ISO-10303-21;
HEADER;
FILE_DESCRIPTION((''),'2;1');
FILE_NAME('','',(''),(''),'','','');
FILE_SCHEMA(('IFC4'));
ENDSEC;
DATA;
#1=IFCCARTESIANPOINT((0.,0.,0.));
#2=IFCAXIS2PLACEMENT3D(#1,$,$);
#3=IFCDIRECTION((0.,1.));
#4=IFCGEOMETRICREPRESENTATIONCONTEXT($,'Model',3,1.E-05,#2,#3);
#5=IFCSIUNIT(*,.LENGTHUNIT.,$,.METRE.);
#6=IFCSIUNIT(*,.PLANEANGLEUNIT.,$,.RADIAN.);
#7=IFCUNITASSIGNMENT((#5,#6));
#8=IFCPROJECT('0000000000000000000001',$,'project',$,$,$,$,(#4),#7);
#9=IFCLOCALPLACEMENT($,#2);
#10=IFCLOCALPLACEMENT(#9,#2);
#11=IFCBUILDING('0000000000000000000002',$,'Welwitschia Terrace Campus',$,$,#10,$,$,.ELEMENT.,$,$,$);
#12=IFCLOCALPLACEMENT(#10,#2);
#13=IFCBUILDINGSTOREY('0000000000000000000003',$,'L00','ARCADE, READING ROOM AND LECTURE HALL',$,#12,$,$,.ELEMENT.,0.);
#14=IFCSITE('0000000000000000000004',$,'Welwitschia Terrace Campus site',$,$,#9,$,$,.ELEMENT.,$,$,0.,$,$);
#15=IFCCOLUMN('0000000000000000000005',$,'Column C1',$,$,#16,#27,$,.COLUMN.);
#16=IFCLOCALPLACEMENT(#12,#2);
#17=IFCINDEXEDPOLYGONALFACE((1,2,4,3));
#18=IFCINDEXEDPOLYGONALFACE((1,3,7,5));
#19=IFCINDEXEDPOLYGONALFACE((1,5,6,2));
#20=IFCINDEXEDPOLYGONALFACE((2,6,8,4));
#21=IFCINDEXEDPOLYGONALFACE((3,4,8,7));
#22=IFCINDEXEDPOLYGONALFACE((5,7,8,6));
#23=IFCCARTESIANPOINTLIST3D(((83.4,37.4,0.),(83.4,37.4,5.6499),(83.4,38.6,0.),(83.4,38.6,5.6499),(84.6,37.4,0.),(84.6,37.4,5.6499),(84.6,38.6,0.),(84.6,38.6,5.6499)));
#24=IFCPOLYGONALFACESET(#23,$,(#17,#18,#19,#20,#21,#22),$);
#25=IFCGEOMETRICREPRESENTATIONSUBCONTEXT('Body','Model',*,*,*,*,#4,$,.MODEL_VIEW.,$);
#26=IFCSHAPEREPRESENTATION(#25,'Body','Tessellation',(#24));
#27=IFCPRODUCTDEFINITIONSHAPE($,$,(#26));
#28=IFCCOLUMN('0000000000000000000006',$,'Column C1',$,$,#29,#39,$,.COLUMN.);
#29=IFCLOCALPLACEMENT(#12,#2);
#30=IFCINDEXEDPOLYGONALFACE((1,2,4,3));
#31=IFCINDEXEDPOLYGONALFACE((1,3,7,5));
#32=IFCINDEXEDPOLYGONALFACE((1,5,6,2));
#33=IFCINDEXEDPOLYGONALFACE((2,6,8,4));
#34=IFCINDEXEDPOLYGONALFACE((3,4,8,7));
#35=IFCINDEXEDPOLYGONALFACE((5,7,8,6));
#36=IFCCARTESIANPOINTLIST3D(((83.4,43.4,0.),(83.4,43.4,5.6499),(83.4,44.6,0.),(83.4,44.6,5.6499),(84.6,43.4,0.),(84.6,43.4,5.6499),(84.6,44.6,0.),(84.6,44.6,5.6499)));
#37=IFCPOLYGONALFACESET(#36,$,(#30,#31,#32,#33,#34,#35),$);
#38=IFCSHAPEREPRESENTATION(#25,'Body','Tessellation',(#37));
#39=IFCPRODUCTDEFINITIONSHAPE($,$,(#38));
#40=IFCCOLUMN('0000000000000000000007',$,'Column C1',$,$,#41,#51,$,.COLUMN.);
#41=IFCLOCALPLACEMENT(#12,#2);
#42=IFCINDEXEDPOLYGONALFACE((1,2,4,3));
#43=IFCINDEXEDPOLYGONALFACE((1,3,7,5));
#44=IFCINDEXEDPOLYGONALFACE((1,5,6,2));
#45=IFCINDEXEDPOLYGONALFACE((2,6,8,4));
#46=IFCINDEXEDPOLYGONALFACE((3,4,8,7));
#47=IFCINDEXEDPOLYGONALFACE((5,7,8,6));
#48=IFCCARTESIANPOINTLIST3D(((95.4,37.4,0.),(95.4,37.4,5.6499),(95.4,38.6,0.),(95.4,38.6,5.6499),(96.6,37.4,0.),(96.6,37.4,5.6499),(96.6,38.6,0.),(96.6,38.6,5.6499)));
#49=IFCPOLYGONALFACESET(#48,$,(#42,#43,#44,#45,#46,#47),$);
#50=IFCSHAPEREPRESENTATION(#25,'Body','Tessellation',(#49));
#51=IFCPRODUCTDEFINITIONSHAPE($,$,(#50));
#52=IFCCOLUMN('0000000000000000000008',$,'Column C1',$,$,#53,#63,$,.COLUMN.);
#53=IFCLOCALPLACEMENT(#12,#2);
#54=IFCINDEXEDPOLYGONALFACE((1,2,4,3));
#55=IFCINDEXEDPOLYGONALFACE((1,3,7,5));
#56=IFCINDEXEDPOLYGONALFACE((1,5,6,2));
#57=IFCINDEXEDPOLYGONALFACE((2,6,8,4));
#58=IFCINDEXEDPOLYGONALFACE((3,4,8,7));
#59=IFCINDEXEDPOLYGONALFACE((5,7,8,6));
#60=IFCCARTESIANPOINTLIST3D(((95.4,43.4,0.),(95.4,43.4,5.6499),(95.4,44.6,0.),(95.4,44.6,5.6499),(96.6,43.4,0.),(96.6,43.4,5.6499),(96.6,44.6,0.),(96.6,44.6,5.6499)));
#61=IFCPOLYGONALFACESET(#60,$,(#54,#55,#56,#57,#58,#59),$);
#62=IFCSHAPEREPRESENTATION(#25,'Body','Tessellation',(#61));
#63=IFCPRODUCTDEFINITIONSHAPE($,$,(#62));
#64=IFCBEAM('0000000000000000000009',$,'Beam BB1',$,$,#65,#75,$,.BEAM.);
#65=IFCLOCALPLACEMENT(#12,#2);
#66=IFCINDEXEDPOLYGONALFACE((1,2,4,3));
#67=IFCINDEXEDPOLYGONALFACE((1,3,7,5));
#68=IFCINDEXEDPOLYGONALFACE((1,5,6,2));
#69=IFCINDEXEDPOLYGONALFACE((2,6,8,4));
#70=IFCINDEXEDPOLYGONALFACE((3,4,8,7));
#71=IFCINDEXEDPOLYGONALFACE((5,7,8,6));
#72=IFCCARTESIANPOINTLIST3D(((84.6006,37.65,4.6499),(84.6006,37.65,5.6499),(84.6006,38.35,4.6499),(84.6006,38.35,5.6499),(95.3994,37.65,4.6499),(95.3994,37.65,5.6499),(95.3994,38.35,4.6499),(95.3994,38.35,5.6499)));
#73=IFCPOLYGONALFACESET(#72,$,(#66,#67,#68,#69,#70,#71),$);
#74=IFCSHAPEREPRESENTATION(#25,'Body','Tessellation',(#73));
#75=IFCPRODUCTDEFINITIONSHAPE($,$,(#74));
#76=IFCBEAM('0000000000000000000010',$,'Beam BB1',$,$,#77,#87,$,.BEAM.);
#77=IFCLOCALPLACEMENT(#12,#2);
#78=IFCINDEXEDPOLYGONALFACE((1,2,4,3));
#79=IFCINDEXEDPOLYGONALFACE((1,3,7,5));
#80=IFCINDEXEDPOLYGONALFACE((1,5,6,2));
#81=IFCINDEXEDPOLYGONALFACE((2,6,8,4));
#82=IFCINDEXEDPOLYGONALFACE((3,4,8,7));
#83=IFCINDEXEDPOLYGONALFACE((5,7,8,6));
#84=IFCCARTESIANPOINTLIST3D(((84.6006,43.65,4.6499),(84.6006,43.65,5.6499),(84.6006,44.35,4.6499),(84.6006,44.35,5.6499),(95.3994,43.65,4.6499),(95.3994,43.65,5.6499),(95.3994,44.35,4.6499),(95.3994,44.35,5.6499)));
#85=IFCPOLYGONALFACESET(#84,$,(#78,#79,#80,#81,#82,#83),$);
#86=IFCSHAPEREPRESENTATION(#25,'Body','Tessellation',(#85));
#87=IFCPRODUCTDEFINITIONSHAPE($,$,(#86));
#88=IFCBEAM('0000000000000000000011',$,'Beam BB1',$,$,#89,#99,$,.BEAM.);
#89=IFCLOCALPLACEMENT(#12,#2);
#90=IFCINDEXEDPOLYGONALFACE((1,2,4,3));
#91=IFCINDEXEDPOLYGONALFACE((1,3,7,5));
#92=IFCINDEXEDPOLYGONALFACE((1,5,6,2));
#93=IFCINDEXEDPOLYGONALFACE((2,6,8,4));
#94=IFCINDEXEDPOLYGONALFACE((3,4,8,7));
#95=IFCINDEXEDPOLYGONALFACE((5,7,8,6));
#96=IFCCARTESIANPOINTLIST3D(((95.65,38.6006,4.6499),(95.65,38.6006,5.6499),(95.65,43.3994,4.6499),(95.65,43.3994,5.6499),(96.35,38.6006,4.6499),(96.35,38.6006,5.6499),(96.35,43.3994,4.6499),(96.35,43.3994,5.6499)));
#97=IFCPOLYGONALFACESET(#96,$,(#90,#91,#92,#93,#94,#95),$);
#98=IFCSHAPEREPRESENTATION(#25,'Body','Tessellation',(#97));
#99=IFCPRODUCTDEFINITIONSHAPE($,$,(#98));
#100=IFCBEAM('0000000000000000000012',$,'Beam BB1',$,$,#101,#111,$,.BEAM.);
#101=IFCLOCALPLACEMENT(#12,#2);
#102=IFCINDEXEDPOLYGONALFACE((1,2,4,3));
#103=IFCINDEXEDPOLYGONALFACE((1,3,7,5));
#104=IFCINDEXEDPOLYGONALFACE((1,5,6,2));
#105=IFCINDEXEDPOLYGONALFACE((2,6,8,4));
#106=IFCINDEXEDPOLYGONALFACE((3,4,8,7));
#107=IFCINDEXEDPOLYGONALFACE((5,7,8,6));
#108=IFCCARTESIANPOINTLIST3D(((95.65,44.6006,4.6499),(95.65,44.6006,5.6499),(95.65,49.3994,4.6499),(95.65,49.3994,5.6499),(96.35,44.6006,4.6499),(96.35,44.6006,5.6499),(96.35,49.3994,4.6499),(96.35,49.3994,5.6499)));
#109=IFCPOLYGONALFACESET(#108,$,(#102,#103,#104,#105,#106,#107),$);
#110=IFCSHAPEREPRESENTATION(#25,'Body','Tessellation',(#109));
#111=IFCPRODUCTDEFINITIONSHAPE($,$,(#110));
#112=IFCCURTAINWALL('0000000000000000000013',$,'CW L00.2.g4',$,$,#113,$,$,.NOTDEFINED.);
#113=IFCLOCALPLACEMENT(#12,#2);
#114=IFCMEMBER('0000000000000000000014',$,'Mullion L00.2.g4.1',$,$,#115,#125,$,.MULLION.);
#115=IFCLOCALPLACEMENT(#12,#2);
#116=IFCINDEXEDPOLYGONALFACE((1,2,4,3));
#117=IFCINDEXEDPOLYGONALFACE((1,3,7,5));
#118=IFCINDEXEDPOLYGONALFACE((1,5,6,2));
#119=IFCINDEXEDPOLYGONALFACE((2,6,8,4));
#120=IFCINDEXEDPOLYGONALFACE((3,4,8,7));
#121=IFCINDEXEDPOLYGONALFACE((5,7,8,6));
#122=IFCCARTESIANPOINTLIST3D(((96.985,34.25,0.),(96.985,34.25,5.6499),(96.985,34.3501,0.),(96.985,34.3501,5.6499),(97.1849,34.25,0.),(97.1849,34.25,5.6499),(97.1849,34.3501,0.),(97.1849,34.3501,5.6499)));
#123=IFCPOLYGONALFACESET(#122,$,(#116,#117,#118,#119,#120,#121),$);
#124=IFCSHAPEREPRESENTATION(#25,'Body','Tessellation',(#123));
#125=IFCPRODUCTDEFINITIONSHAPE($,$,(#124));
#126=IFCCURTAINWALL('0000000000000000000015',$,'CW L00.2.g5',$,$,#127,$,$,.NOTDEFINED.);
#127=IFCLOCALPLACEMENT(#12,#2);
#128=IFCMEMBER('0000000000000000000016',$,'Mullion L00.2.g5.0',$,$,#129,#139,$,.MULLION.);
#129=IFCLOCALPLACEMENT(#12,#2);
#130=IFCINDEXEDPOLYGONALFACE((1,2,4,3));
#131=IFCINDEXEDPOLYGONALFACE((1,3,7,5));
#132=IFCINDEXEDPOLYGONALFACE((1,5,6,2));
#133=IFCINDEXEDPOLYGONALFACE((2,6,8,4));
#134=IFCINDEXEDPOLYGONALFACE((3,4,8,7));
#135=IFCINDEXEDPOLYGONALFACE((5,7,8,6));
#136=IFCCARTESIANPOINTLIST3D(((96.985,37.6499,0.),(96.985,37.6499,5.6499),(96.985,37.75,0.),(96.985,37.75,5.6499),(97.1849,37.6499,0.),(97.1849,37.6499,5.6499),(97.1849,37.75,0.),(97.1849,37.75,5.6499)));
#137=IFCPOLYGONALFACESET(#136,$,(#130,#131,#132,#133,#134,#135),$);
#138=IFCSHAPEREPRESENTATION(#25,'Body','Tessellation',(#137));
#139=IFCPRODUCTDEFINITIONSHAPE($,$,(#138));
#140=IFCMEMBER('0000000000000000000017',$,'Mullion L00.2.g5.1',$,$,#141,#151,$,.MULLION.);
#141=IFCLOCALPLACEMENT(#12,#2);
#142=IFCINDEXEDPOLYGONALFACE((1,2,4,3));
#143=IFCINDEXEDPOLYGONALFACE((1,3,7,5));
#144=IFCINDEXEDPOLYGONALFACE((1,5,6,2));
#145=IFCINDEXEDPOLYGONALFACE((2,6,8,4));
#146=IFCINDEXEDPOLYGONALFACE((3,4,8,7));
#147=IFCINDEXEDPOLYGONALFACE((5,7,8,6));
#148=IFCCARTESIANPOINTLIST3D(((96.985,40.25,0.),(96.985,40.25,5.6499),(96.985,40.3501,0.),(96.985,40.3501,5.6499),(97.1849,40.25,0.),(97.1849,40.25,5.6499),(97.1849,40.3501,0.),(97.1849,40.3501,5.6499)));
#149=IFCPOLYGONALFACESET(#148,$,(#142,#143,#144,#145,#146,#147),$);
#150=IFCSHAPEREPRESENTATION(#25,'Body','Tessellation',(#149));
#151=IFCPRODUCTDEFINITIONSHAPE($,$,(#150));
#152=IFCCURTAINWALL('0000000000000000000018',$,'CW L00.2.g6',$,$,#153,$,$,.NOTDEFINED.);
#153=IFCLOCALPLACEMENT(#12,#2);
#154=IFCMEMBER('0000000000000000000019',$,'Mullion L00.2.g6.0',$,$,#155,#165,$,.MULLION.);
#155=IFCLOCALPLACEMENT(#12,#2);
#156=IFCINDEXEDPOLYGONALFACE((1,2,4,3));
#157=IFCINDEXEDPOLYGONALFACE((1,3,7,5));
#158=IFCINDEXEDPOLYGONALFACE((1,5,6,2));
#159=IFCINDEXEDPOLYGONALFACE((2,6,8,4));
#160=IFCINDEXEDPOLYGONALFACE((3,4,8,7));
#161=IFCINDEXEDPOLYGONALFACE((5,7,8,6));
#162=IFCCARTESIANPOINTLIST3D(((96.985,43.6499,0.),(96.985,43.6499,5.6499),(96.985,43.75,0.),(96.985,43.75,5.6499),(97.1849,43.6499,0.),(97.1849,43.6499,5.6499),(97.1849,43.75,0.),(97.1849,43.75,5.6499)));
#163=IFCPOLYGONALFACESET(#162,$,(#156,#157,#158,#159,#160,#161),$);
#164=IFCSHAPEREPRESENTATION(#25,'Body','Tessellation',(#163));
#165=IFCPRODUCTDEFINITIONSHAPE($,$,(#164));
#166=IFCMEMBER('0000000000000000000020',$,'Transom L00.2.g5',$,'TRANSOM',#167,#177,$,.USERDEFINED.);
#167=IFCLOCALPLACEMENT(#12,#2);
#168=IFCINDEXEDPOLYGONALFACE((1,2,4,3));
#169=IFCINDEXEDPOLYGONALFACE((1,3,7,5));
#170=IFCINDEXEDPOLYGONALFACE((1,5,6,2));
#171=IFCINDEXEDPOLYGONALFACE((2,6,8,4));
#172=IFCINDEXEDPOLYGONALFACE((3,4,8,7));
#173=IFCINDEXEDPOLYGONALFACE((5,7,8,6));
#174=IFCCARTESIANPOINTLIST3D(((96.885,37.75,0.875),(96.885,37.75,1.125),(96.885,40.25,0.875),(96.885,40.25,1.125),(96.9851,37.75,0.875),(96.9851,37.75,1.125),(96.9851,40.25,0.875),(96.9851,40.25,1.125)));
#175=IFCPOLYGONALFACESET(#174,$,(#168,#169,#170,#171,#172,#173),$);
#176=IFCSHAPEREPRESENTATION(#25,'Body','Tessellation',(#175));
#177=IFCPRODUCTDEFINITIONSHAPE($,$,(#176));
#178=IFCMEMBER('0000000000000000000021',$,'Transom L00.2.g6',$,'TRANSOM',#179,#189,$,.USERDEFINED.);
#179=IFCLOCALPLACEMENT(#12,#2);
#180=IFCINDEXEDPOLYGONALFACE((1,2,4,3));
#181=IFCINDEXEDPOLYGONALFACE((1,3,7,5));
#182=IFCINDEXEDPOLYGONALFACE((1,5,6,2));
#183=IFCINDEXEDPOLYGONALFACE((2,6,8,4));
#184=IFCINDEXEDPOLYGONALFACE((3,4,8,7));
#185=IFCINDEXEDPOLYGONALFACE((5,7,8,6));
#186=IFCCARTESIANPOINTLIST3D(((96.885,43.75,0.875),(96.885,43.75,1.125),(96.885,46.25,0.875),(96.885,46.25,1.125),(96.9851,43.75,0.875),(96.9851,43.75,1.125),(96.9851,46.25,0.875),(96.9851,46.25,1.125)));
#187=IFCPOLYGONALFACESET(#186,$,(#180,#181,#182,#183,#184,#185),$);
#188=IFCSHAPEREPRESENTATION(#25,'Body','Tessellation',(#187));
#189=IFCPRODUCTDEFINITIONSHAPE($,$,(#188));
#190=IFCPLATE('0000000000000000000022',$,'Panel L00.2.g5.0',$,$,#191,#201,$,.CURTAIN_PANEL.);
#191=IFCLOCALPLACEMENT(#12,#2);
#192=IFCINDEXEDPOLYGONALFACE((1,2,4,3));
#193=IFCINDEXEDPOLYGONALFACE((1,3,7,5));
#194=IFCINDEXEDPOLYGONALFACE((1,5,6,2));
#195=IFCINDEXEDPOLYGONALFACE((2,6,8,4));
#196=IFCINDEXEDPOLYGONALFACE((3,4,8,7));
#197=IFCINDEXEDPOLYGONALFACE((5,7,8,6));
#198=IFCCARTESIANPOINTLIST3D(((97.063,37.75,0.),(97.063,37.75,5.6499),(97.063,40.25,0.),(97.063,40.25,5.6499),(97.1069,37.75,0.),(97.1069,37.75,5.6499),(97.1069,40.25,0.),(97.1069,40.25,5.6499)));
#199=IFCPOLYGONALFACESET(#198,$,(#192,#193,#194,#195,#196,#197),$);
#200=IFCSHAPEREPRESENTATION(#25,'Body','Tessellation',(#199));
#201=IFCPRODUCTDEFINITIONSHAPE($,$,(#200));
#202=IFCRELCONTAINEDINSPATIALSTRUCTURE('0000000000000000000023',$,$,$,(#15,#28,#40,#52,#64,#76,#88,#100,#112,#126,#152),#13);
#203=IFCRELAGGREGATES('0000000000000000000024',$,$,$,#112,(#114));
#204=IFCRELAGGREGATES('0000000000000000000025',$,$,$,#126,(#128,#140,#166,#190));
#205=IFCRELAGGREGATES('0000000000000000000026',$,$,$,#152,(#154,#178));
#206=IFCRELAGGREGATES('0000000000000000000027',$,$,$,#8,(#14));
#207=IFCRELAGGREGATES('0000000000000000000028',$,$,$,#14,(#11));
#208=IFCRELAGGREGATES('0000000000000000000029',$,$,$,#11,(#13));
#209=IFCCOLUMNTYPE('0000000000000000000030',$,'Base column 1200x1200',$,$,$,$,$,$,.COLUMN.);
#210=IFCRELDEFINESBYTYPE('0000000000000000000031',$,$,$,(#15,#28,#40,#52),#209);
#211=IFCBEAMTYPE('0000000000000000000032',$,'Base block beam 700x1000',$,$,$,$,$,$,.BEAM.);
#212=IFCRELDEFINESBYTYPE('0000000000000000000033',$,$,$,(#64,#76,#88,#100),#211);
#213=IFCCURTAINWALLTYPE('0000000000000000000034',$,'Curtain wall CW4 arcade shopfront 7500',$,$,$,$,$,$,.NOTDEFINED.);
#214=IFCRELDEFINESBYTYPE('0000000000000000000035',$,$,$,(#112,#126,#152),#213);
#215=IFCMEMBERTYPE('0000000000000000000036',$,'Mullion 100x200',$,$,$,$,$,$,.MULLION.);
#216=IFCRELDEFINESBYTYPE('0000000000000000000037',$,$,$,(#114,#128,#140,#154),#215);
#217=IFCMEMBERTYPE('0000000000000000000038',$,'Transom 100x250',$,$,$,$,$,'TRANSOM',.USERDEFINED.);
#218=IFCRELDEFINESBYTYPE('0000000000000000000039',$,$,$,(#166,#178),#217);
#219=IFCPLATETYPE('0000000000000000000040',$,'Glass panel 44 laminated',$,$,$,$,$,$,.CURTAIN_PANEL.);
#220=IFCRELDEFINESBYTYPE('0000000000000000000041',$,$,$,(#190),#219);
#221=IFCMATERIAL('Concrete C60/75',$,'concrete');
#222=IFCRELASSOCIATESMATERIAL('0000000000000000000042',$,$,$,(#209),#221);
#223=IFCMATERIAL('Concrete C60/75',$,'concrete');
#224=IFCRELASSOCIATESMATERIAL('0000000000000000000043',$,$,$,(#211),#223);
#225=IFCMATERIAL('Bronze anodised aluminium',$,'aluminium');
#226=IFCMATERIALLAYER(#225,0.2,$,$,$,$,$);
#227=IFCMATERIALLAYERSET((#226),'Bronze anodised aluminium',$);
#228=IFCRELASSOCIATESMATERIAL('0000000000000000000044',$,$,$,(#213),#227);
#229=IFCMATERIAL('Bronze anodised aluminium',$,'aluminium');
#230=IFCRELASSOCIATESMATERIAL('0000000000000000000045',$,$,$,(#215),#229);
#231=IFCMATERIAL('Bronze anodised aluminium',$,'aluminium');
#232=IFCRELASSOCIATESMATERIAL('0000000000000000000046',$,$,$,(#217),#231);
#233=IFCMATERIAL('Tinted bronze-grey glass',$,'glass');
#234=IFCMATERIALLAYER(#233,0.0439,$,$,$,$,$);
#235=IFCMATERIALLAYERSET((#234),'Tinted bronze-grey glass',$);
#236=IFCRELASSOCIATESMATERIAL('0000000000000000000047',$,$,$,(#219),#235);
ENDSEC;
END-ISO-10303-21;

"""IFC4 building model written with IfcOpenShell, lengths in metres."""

from ifc_helpers import new_model, si_unit, direction, frame, origin, origin_2d, place, context, subcontext, project, spatial, rectangle, extrude, material, layer, layer_set, material_profile, profile_set, type_object, element, aggregate, save


model = new_model("IFC4")

# Units and contexts
model_context = context("Model", 3, precision=1e-05, world=origin(), true_north=direction((0.0, 1.0)))
body_context = subcontext(model_context, "Body", "Model", "MODEL_VIEW")
ifc_project = project(units=[si_unit("LENGTHUNIT", "METRE"), si_unit("PLANEANGLEUNIT", "RADIAN")], contexts=[model_context])

# Site, building, storey
site_placement = place(None, origin())
site = spatial("IfcSite", under=ifc_project, at=site_placement, Name="Welwitschia Terrace Campus site", CompositionType="ELEMENT", RefElevation=0.0)
building_placement = place(site_placement, origin())
building = spatial("IfcBuilding", under=site, at=building_placement, Name="Welwitschia Terrace Campus", CompositionType="ELEMENT")
storey_placement = place(building_placement, origin())
storey = spatial("IfcBuildingStorey", under=building, at=storey_placement, Name="L00", Description="ARCADE, READING ROOM AND LECTURE HALL", CompositionType="ELEMENT", Elevation=0.0)

# Columns
ifc_material_1 = material(Name="Concrete C60/75", Category="concrete")
ifc_material_profile_1 = material_profile(ifc_material_1, rectangle(XDim=1.2, YDim=1.2, at=origin_2d()))
ifc_profile_set_1 = profile_set([ifc_material_profile_1], Name="Concrete C60/75")
column_type = type_object("IfcColumnType", Name="Base column 1200x1200", PredefinedType="COLUMN", material=ifc_profile_set_1)
for number, where, z_axis, x_axis, name in (
    (1, (84.0, 38.0, 0.0), (0.0, 0.0, 1.0), (1.0, 0.0, 0.0), "Column C1"),
    (2, (84.0, 44.0, 0.0), (0.0, 0.0, 1.0), (1.0, 0.0, 0.0), "Column C1"),
    (3, (96.0, 38.0, 0.0), (0.0, 0.0, 1.0), (1.0, 0.0, 0.0), "Column C1"),
    (4, (96.0, 44.0, 0.0), (0.0, 0.0, 1.0), (1.0, 0.0, 0.0), "Column C1"),
):
    element("IfcColumn", number, at=place(storey_placement, frame(where, z_axis=z_axis, x_axis=x_axis)), inside=storey, type_object=column_type, Name=name, PredefinedType="COLUMN", context=body_context, shape_type="SweptSolid", body=[
        extrude(rectangle(XDim=1.2, YDim=1.2, at=origin_2d()), origin(), (0.0, 0.0, 1.0), 5.6499),
    ])

# Beams
ifc_material_2 = material(Name="Concrete C60/75", Category="concrete")
ifc_material_profile_2 = material_profile(ifc_material_2, rectangle(XDim=0.7, YDim=1.0, at=origin_2d()))
ifc_profile_set_2 = profile_set([ifc_material_profile_2], Name="Concrete C60/75")
beam_type = type_object("IfcBeamType", Name="Base block beam 700x1000", PredefinedType="BEAM", material=ifc_profile_set_2)
for number, where, z_axis, x_axis, name in (
    (5, (84.6006, 38.0, 5.1499), (1.0, 0.0, 0.0), (0.0, 1.0, 0.0), "Beam BB1"),
    (6, (84.6006, 44.0, 5.1499), (1.0, 0.0, 0.0), (0.0, 1.0, 0.0), "Beam BB1"),
):
    element("IfcBeam", number, at=place(storey_placement, frame(where, z_axis=z_axis, x_axis=x_axis)), inside=storey, type_object=beam_type, Name=name, PredefinedType="BEAM", context=body_context, shape_type="SweptSolid", body=[
        extrude(rectangle(XDim=0.7, YDim=1.0, at=origin_2d()), origin(), (0.0, 0.0, 1.0), 10.7988),
    ])
for number, where, z_axis, x_axis, name in (
    (7, (96.0, 38.6006, 5.1499), (0.0, 1.0, 0.0), (-1.0, 0.0, 0.0), "Beam BB1"),
    (8, (96.0, 44.6006, 5.1499), (0.0, 1.0, 0.0), (-1.0, 0.0, 0.0), "Beam BB1"),
):
    element("IfcBeam", number, at=place(storey_placement, frame(where, z_axis=z_axis, x_axis=x_axis)), inside=storey, type_object=beam_type, Name=name, PredefinedType="BEAM", context=body_context, shape_type="SweptSolid", body=[
        extrude(rectangle(XDim=0.7, YDim=1.0, at=origin_2d()), origin(), (0.0, 0.0, 1.0), 4.7988),
    ])

# Curtain wall, member
ifc_material_3 = material(Name="Bronze anodised aluminium", Category="aluminium")
ifc_layer_1 = layer(ifc_material_3, 0.2)
ifc_layer_set_1 = layer_set([ifc_layer_1], Name="Bronze anodised aluminium")
curtain_wall_type = type_object("IfcCurtainWallType", Name="Curtain wall CW4 arcade shopfront 7500", PredefinedType="NOTDEFINED", material=ifc_layer_set_1)
curtain_wall_1_placement = place(storey_placement, origin())
curtain_wall_1 = element("IfcCurtainWall", 9, at=curtain_wall_1_placement, inside=storey, type_object=curtain_wall_type, Name="CW L00.2.g4", PredefinedType="NOTDEFINED")
ifc_material_4 = material(Name="Bronze anodised aluminium", Category="aluminium")
ifc_material_profile_3 = material_profile(ifc_material_4, rectangle(XDim=0.2, YDim=0.1001, at=origin_2d()))
ifc_profile_set_3 = profile_set([ifc_material_profile_3], Name="Bronze anodised aluminium")
member_type_1 = type_object("IfcMemberType", Name="Mullion 100x200", PredefinedType="MULLION", material=ifc_profile_set_3)
member_1_placement = place(storey_placement, frame((97.085, 34.3, 0.0), z_axis=(0.0, 0.0, 1.0), x_axis=(-1.0, 0.0, 0.0)))
member_1 = element("IfcMember", 10, at=member_1_placement, type_object=member_type_1, Name="Mullion L00.2.g4.1", PredefinedType="MULLION", context=body_context, shape_type="SweptSolid", body=[
    extrude(rectangle(XDim=0.2, YDim=0.1001, at=origin_2d()), origin(), (0.0, 0.0, 1.0), 5.6499),
])
aggregate(curtain_wall_1, [member_1])

# Curtain wall, members
curtain_wall_2_placement = place(storey_placement, origin())
curtain_wall_2 = element("IfcCurtainWall", 11, at=curtain_wall_2_placement, inside=storey, type_object=curtain_wall_type, Name="CW L00.2.g5", PredefinedType="NOTDEFINED")
member_2_placement = place(storey_placement, frame((97.085, 37.7, 0.0), z_axis=(0.0, 0.0, 1.0), x_axis=(-1.0, 0.0, 0.0)))
member_2 = element("IfcMember", 12, at=member_2_placement, type_object=member_type_1, Name="Mullion L00.2.g5.0", PredefinedType="MULLION", context=body_context, shape_type="SweptSolid", body=[
    extrude(rectangle(XDim=0.2, YDim=0.1001, at=origin_2d()), origin(), (0.0, 0.0, 1.0), 5.6499),
])
member_3_placement = place(storey_placement, frame((97.085, 40.3, 0.0), z_axis=(0.0, 0.0, 1.0), x_axis=(-1.0, 0.0, 0.0)))
member_3 = element("IfcMember", 13, at=member_3_placement, type_object=member_type_1, Name="Mullion L00.2.g5.1", PredefinedType="MULLION", context=body_context, shape_type="SweptSolid", body=[
    extrude(rectangle(XDim=0.2, YDim=0.1001, at=origin_2d()), origin(), (0.0, 0.0, 1.0), 5.6499),
])

# Curtain wall, member
curtain_wall_3_placement = place(storey_placement, origin())
curtain_wall_3 = element("IfcCurtainWall", 14, at=curtain_wall_3_placement, inside=storey, type_object=curtain_wall_type, Name="CW L00.2.g6", PredefinedType="NOTDEFINED")
member_4_placement = place(storey_placement, frame((97.085, 43.7, 0.0), z_axis=(0.0, 0.0, 1.0), x_axis=(-1.0, 0.0, 0.0)))
member_4 = element("IfcMember", 15, at=member_4_placement, type_object=member_type_1, Name="Mullion L00.2.g6.0", PredefinedType="MULLION", context=body_context, shape_type="SweptSolid", body=[
    extrude(rectangle(XDim=0.2, YDim=0.1001, at=origin_2d()), origin(), (0.0, 0.0, 1.0), 5.6499),
])

# Members
ifc_material_5 = material(Name="Bronze anodised aluminium", Category="aluminium")
ifc_material_profile_4 = material_profile(ifc_material_5, rectangle(XDim=0.1001, YDim=0.25, at=origin_2d()))
ifc_profile_set_4 = profile_set([ifc_material_profile_4], Name="Bronze anodised aluminium")
member_type_2 = type_object("IfcMemberType", Name="Transom 100x250", ElementType="TRANSOM", PredefinedType="USERDEFINED", material=ifc_profile_set_4)
member_5_placement = place(storey_placement, frame((96.9351, 37.75, 1.0), z_axis=(0.0, 1.0, 0.0), x_axis=(-1.0, 0.0, 0.0)))
member_5 = element("IfcMember", 16, at=member_5_placement, type_object=member_type_2, Name="Transom L00.2.g5", ObjectType="TRANSOM", PredefinedType="USERDEFINED", context=body_context, shape_type="SweptSolid", body=[
    extrude(rectangle(XDim=0.1001, YDim=0.25, at=origin_2d()), origin(), (0.0, 0.0, 1.0), 2.5),
])
member_6_placement = place(storey_placement, frame((96.9351, 43.75, 1.0), z_axis=(0.0, 1.0, 0.0), x_axis=(-1.0, 0.0, 0.0)))
member_6 = element("IfcMember", 17, at=member_6_placement, type_object=member_type_2, Name="Transom L00.2.g6", ObjectType="TRANSOM", PredefinedType="USERDEFINED", context=body_context, shape_type="SweptSolid", body=[
    extrude(rectangle(XDim=0.1001, YDim=0.25, at=origin_2d()), origin(), (0.0, 0.0, 1.0), 2.5),
])

# Plate
ifc_material_6 = material(Name="Tinted bronze-grey glass", Category="glass")
ifc_layer_2 = layer(ifc_material_6, 0.0439)
ifc_layer_set_2 = layer_set([ifc_layer_2], Name="Tinted bronze-grey glass")
plate_type = type_object("IfcPlateType", Name="Glass panel 44 laminated", PredefinedType="CURTAIN_PANEL", material=ifc_layer_set_2)
plate_1_placement = place(storey_placement, frame((97.085, 39.0, 0.0), z_axis=(0.0, 0.0, 1.0), x_axis=(0.0, 1.0, 0.0)))
plate_1 = element("IfcPlate", 18, at=plate_1_placement, type_object=plate_type, Name="Panel L00.2.g5.0", PredefinedType="CURTAIN_PANEL", context=body_context, shape_type="SweptSolid", body=[
    extrude(rectangle(XDim=2.5, YDim=0.0439, at=origin_2d()), origin(), (0.0, 0.0, 1.0), 5.6499),
])
aggregate(curtain_wall_2, [member_2, member_3, member_5, plate_1])
aggregate(curtain_wall_3, [member_4, member_6])

save(model, "model.ifc")
